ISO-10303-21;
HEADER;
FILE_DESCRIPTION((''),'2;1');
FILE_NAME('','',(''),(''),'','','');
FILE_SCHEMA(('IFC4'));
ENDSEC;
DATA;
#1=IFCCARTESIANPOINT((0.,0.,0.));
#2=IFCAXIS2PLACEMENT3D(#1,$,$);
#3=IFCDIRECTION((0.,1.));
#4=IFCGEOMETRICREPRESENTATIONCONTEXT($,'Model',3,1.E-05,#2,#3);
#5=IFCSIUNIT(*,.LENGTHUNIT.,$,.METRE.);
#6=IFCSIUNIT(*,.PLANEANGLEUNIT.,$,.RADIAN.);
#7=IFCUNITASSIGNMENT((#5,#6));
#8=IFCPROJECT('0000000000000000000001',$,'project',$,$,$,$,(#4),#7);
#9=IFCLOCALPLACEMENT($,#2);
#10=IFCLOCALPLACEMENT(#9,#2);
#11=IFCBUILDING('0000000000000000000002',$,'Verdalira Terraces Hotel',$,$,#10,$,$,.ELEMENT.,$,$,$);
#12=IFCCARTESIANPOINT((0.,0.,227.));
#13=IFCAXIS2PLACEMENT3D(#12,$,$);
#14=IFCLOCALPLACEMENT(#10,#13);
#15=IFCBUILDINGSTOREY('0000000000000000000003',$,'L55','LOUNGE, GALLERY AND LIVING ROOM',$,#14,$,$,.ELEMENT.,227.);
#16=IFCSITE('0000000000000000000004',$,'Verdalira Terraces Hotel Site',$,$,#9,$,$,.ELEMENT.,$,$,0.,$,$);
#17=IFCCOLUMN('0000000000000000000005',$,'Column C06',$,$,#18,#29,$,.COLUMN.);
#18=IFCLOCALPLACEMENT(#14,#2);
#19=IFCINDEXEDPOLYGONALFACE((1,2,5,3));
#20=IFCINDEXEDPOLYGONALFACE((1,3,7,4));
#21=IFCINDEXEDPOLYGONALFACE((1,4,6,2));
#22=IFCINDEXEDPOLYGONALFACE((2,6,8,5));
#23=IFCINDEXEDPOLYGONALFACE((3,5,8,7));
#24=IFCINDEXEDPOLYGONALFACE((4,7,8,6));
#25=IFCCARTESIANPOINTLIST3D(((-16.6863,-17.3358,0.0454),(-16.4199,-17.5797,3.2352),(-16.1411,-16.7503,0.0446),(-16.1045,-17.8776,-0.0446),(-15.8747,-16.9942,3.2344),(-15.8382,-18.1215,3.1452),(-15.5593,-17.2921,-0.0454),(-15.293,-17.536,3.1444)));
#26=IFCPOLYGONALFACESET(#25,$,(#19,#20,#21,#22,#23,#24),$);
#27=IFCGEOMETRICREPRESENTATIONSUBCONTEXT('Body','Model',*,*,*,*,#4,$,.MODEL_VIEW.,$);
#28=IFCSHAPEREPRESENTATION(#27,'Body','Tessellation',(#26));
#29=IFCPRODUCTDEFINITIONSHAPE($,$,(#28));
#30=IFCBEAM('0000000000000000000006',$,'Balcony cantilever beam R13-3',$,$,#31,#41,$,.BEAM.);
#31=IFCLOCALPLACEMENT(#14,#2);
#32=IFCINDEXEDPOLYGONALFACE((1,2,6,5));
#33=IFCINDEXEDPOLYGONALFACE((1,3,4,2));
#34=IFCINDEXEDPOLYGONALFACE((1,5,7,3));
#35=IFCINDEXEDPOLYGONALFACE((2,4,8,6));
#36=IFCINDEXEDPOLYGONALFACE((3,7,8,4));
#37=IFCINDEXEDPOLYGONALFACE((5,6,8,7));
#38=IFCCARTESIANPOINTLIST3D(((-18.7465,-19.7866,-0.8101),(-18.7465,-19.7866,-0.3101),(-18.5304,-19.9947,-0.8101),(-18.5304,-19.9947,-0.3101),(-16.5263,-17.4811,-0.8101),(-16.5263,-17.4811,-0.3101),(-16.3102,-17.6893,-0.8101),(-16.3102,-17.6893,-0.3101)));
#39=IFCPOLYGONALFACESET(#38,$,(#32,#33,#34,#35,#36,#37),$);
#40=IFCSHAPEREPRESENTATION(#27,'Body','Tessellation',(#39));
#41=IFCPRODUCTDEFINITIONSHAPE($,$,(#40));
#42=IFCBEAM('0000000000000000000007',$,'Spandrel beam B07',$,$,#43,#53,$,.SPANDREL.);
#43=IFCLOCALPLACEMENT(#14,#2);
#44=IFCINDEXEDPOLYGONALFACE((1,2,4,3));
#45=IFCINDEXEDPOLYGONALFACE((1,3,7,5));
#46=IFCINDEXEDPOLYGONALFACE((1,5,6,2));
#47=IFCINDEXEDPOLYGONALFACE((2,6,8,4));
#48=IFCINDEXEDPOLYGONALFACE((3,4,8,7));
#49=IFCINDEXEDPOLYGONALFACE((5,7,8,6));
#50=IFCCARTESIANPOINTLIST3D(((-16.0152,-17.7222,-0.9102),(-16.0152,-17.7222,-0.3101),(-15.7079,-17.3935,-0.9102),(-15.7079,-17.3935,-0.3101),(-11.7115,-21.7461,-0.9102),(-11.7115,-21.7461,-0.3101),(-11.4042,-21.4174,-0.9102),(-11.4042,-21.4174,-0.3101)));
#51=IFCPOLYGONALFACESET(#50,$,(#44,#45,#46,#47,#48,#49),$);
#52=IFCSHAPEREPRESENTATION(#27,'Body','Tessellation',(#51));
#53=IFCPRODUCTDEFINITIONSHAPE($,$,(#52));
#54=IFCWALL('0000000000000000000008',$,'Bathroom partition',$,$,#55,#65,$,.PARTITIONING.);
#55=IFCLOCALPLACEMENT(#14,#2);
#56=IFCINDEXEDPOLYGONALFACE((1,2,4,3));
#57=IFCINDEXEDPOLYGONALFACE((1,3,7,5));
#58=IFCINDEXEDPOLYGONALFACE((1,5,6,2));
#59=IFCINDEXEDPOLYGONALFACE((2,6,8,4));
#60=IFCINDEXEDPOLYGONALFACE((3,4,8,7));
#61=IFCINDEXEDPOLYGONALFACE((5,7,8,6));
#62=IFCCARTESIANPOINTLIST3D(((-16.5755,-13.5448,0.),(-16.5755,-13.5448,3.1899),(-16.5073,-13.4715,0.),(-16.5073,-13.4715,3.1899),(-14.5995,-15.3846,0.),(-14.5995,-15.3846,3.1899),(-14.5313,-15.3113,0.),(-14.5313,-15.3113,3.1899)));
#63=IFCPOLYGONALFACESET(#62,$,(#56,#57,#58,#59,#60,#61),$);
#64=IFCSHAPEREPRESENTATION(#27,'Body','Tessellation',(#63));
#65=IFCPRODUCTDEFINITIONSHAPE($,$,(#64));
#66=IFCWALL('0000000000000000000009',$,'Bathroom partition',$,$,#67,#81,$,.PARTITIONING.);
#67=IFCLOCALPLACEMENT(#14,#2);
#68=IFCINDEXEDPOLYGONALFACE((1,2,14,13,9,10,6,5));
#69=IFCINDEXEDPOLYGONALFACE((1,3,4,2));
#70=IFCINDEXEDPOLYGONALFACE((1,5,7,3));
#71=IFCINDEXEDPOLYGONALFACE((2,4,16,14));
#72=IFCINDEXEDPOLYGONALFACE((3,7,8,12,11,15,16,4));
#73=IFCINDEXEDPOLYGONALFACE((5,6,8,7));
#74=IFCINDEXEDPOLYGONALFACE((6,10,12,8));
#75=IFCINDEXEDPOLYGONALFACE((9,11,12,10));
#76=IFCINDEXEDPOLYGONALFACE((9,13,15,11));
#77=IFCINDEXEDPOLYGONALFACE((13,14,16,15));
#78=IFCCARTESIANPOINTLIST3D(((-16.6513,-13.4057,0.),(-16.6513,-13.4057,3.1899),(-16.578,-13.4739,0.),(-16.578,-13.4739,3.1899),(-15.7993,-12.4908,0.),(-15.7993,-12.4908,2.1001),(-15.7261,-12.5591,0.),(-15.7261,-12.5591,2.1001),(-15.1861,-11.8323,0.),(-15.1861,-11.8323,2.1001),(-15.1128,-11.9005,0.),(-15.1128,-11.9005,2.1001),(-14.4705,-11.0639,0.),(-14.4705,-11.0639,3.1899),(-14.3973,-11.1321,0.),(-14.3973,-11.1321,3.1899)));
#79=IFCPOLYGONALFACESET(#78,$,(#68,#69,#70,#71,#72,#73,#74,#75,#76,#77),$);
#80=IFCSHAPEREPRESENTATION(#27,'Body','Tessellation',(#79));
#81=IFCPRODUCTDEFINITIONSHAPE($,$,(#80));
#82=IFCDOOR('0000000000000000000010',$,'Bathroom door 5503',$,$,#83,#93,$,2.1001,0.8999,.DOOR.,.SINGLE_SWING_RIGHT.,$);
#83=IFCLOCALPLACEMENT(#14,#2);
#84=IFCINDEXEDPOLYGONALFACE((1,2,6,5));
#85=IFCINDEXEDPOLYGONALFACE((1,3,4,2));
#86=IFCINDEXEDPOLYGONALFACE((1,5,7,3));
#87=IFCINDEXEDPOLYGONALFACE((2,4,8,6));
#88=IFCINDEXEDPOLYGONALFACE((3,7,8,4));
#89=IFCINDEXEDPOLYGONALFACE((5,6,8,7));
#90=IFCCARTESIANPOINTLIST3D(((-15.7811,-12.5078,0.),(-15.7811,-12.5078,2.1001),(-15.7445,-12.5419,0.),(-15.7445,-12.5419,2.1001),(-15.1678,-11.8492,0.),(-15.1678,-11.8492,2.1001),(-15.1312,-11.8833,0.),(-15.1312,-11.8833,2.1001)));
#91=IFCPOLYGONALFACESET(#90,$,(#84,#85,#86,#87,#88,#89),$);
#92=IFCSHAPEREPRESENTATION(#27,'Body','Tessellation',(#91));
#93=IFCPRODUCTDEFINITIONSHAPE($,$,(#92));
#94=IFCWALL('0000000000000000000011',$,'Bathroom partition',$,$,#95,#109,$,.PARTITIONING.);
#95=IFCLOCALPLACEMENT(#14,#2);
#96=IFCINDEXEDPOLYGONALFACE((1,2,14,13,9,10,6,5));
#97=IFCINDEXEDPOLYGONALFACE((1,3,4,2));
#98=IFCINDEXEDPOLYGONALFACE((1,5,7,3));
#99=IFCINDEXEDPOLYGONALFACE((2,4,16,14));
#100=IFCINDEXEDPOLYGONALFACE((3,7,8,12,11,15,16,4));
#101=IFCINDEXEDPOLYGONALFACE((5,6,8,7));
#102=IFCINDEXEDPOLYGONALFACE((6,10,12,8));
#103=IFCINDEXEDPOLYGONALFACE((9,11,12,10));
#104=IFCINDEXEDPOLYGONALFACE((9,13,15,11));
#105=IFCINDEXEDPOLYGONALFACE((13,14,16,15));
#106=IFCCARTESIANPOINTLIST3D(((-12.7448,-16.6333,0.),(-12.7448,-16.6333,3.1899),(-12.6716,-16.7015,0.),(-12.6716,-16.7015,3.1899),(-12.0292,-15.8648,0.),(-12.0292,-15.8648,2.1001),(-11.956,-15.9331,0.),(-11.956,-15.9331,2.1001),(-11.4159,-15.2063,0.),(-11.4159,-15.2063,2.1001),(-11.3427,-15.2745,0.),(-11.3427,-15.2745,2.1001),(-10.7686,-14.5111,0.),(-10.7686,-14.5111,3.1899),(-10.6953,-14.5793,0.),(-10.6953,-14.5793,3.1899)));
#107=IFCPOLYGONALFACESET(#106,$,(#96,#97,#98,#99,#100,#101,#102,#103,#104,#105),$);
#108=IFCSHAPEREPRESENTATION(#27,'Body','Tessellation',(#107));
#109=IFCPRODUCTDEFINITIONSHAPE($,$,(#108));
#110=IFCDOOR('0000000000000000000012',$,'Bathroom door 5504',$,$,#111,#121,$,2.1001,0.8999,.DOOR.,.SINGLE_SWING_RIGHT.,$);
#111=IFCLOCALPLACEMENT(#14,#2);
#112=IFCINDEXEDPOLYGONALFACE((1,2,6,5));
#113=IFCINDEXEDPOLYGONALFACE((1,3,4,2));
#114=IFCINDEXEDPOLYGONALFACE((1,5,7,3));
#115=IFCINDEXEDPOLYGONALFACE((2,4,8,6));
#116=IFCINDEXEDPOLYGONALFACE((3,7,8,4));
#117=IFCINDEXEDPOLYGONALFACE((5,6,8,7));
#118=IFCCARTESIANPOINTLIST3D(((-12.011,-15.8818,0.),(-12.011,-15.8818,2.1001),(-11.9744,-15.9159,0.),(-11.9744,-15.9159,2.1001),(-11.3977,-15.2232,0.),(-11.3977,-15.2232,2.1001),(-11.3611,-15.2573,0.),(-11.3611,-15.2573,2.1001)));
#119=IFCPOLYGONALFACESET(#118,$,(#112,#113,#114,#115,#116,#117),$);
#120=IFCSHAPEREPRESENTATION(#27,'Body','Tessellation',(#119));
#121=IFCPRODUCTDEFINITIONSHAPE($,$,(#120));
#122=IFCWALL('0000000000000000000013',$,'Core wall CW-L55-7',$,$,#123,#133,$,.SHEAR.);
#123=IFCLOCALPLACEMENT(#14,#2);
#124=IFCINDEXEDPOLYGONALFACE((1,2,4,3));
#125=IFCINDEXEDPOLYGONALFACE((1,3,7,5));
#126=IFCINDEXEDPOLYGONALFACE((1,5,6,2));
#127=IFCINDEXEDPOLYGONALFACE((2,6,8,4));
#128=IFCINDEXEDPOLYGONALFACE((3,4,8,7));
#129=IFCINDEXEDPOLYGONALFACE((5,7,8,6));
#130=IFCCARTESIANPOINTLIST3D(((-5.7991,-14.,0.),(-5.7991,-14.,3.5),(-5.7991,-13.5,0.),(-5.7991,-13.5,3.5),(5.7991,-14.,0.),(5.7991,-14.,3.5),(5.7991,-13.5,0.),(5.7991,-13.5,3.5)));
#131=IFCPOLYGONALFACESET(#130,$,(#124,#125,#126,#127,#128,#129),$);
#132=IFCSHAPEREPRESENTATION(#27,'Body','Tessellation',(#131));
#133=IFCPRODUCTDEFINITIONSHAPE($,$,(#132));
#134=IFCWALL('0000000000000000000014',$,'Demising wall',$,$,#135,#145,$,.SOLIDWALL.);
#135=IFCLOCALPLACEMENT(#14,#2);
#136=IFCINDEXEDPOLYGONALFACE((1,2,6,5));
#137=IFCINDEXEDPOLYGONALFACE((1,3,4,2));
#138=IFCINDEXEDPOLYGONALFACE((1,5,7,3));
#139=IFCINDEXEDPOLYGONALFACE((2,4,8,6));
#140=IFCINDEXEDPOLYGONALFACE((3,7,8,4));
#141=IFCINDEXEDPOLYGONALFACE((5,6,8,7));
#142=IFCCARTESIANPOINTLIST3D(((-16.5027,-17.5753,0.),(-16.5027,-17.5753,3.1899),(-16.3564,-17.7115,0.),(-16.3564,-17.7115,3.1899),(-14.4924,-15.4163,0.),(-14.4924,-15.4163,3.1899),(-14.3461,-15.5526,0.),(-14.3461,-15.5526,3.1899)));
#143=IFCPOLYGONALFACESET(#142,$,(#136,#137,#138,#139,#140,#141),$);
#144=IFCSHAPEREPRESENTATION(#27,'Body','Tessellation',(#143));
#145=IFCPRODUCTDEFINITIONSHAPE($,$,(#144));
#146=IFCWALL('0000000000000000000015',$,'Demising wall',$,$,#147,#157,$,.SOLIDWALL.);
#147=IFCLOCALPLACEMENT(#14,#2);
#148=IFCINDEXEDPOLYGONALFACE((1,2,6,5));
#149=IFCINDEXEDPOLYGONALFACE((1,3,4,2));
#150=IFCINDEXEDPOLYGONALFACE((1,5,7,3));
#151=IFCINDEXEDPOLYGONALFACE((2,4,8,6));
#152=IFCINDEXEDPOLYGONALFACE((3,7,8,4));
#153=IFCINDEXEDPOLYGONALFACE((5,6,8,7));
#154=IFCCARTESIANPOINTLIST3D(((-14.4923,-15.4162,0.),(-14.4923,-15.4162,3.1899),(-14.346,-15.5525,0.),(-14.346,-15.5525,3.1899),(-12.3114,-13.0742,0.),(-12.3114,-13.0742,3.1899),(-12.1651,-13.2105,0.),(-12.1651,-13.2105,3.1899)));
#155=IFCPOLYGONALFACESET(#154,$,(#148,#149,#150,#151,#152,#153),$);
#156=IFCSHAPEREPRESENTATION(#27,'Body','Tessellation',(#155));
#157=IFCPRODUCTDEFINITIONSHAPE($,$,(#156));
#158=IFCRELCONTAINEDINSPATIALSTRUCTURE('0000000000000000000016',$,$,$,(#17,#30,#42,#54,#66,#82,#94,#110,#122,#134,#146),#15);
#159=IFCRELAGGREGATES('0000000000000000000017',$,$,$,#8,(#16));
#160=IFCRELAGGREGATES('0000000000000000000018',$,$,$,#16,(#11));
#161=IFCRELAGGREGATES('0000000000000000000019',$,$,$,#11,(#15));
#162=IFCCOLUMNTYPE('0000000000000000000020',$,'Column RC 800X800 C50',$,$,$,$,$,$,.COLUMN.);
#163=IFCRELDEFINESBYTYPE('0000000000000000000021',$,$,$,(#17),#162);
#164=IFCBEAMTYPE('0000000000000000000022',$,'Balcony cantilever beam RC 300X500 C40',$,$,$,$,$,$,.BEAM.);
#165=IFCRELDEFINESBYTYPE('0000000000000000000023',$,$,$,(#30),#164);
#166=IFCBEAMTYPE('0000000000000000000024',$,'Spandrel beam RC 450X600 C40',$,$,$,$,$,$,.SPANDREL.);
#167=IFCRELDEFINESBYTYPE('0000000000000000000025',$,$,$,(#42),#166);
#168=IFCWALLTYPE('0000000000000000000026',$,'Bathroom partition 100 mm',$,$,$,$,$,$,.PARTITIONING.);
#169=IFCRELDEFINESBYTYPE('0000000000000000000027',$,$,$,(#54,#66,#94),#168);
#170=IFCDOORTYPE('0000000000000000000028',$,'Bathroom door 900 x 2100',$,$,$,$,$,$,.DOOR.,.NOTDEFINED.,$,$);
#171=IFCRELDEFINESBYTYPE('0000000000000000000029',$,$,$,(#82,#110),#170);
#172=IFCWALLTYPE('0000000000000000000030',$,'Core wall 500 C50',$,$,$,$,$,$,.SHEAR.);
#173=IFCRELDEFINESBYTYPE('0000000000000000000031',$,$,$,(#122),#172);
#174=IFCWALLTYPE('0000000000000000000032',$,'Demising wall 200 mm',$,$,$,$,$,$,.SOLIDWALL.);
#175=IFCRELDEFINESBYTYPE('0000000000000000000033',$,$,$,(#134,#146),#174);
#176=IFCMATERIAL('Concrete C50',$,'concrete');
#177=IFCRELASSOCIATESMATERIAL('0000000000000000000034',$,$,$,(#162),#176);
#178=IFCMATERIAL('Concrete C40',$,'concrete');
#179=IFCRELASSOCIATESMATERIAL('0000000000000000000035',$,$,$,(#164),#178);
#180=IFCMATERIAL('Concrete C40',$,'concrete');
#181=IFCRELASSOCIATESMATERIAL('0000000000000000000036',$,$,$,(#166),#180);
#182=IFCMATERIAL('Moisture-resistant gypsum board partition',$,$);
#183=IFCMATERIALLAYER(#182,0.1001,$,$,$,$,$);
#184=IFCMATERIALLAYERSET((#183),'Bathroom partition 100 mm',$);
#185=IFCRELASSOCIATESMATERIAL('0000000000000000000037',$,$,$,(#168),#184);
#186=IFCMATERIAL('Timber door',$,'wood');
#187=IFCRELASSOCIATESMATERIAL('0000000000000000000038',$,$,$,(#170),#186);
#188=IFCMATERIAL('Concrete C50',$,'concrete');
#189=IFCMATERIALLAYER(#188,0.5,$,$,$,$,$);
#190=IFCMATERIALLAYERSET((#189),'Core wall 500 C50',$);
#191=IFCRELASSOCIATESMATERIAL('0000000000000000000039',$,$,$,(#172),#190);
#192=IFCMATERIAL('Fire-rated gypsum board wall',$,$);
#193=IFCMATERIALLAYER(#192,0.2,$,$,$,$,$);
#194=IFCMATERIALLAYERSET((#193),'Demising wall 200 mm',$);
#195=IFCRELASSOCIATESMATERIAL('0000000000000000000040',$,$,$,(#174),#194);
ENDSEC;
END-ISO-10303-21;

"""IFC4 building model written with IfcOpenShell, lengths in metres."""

from ifc_helpers import new_model, si_unit, direction, frame, frame_2d, origin, origin_2d, place, context, subcontext, project, spatial, rectangle, extrude, material, layer, layer_set, material_profile, profile_set, type_object, element, fill, save


model = new_model("IFC4")

# Units and contexts
model_context = context("Model", 3, precision=1e-05, world=origin(), true_north=direction((0.0, 1.0)))
body_context = subcontext(model_context, "Body", "Model", "MODEL_VIEW")
ifc_project = project(units=[si_unit("LENGTHUNIT", "METRE"), si_unit("PLANEANGLEUNIT", "RADIAN")], contexts=[model_context])

# Site, building, storey
site_placement = place(None, origin())
site = spatial("IfcSite", under=ifc_project, at=site_placement, Name="Verdalira Terraces Hotel Site", CompositionType="ELEMENT", RefElevation=0.0)
building_placement = place(site_placement, origin())
building = spatial("IfcBuilding", under=site, at=building_placement, Name="Verdalira Terraces Hotel", CompositionType="ELEMENT")
storey_placement = place(building_placement, frame((0.0, 0.0, 227.0)))
storey = spatial("IfcBuildingStorey", under=building, at=storey_placement, Name="L55", Description="LOUNGE, GALLERY AND LIVING ROOM", CompositionType="ELEMENT", Elevation=227.0)

# Column
ifc_material_1 = material(Name="Concrete C50", Category="concrete")
ifc_material_profile_1 = material_profile(ifc_material_1, rectangle(XDim=0.8, YDim=0.8, at=origin_2d()), Name="RC 800X800")
ifc_profile_set_1 = profile_set([ifc_material_profile_1], Name="Concrete C50")
column_type = type_object("IfcColumnType", Name="Column RC 800X800 C50", PredefinedType="COLUMN", material=ifc_profile_set_1)
column_placement = place(storey_placement, frame((-16.1228, -17.314, 0.0), z_axis=(0.082969, -0.075973, 0.993652), x_axis=(0.727117, -0.677234, -0.112494)))
element("IfcColumn", 1, at=column_placement, inside=storey, type_object=column_type, Name="Column C06", PredefinedType="COLUMN", context=body_context, shape_type="SweptSolid", body=[
    extrude(rectangle(XDim=0.8, YDim=0.8, at=origin_2d()), origin(), (0.0, 0.0, 1.0), 3.2102),
])

# Beams
ifc_material_2 = material(Name="Concrete C40", Category="concrete")
ifc_material_profile_2 = material_profile(ifc_material_2, rectangle(XDim=0.3, YDim=0.5, at=origin_2d()), Name="RC 300X500")
ifc_profile_set_2 = profile_set([ifc_material_profile_2], Name="Concrete C40")
beam_type_1 = type_object("IfcBeamType", Name="Balcony cantilever beam RC 300X500 C40", PredefinedType="BEAM", material=ifc_profile_set_2)
beam_1_placement = place(storey_placement, frame((-16.4182, -17.5852, -0.5601), z_axis=(-0.693671, -0.720292, 0.0), x_axis=(0.720292, -0.693671, 0.0)))
element("IfcBeam", 2, at=beam_1_placement, inside=storey, type_object=beam_type_1, Name="Balcony cantilever beam R13-3", PredefinedType="BEAM", context=body_context, shape_type="SweptSolid", body=[
    extrude(rectangle(XDim=0.3, YDim=0.5, at=origin_2d()), origin(), (0.0, 0.0, 1.0), 3.2007),
])
ifc_material_3 = material(Name="Concrete C40", Category="concrete")
ifc_material_profile_3 = material_profile(ifc_material_3, rectangle(XDim=0.45, YDim=0.6001, at=origin_2d()), Name="RC 450X600")
ifc_profile_set_3 = profile_set([ifc_material_profile_3], Name="Concrete C40")
beam_type_2 = type_object("IfcBeamType", Name="Spandrel beam RC 450X600 C40", PredefinedType="SPANDREL", material=ifc_profile_set_3)
beam_2_placement = place(storey_placement, frame((-15.8616, -17.5579, -0.6101), z_axis=(0.730451, -0.682965, 0.0), x_axis=(0.682965, 0.730451, 0.0)))
element("IfcBeam", 3, at=beam_2_placement, inside=storey, type_object=beam_type_2, Name="Spandrel beam B07", PredefinedType="SPANDREL", context=body_context, shape_type="SweptSolid", body=[
    extrude(rectangle(XDim=0.45, YDim=0.6001, at=origin_2d()), origin(), (0.0, 0.0, 1.0), 5.8918),
])

# Wall
ifc_material_4 = material(Name="Moisture-resistant gypsum board partition")
ifc_layer_1 = layer(ifc_material_4, 0.1001)
ifc_layer_set_1 = layer_set([ifc_layer_1], Name="Bathroom partition 100 mm")
wall_type_1 = type_object("IfcWallType", Name="Bathroom partition 100 mm", PredefinedType="PARTITIONING", material=ifc_layer_set_1)
wall_1_placement = place(storey_placement, frame((-16.5415, -13.5081, 0.0), z_axis=(0.0, 0.0, 1.0), x_axis=(0.731885, -0.681429, 0.0)))
element("IfcWall", 4, at=wall_1_placement, inside=storey, type_object=wall_type_1, Name="Bathroom partition", PredefinedType="PARTITIONING", context=body_context, shape_type="SweptSolid", body=[
    extrude(rectangle(XDim=2.7, YDim=0.1001, at=frame_2d((1.3501, 0.0))), origin(), (0.0, 0.0, 1.0), 3.1899),
])

# Walls, openings, doors
wall_2_placement = place(storey_placement, frame((-14.4338, -11.0979, 0.0), z_axis=(0.0, 0.0, 1.0), x_axis=(-0.681481, -0.731836, 0.0)))
wall_2 = element("IfcWall", 5, at=wall_2_placement, inside=storey, type_object=wall_type_1, Name="Bathroom partition", PredefinedType="PARTITIONING", context=body_context, shape_type="SweptSolid", body=[
    extrude(rectangle(XDim=3.2, YDim=0.1001, at=frame_2d((1.6001, 0.0))), origin(), (0.0, 0.0, 1.0), 3.1899),
])
opening_1_placement = place(wall_2_placement, frame((1.05, 0.0, 0.0)))
opening_1 = element("IfcOpeningElement", 6, at=opening_1_placement, cuts=wall_2, PredefinedType="OPENING", context=body_context, shape_type="SweptSolid", body=[
    extrude(rectangle(XDim=0.8999, YDim=2.1001, at=frame_2d((0.45, 1.05))), frame((0.0, 0.0601, 0.0), z_axis=(0.0, -1.0, 0.0), x_axis=(1.0, 0.0, 0.0)), (0.0, 0.0, 1.0), 0.1201),
])
ifc_material_5 = material(Name="Timber door", Category="wood")
door_type_1 = type_object("IfcDoorType", Name="Bathroom door 900 x 2100", OperationType="NOTDEFINED", PredefinedType="DOOR", material=ifc_material_5)
door_1_placement = place(opening_1_placement, origin())
door_1 = element("IfcDoor", 7, at=door_1_placement, inside=storey, type_object=door_type_1, Name="Bathroom door 5503", OperationType="SINGLE_SWING_RIGHT", OverallHeight=2.1001, OverallWidth=0.8999, PredefinedType="DOOR", context=body_context, shape_type="SweptSolid", body=[
    extrude(rectangle(XDim=0.8999, YDim=2.1001, at=frame_2d((0.45, 1.05))), frame((0.0, 0.0249, 0.0), z_axis=(0.0, -1.0, 0.0), x_axis=(1.0, 0.0, 0.0)), (0.0, 0.0, 1.0), 0.05),
])
fill(opening_1, door_1)
wall_3_placement = place(storey_placement, frame((-10.7319, -14.5452, 0.0), z_axis=(0.0, 0.0, 1.0), x_axis=(-0.681487, -0.73183, 0.0)))
wall_3 = element("IfcWall", 8, at=wall_3_placement, inside=storey, type_object=wall_type_1, Name="Bathroom partition", PredefinedType="PARTITIONING", context=body_context, shape_type="SweptSolid", body=[
    extrude(rectangle(XDim=2.8999, YDim=0.1001, at=frame_2d((1.45, 0.0))), origin(), (0.0, 0.0, 1.0), 3.1899),
])
opening_2_placement = place(wall_3_placement, frame((0.95, 0.0, 0.0)))
opening_2 = element("IfcOpeningElement", 9, at=opening_2_placement, cuts=wall_3, PredefinedType="OPENING", context=body_context, shape_type="SweptSolid", body=[
    extrude(rectangle(XDim=0.8999, YDim=2.1001, at=frame_2d((0.45, 1.05))), frame((0.0, 0.0601, 0.0), z_axis=(0.0, -1.0, 0.0), x_axis=(1.0, 0.0, 0.0)), (0.0, 0.0, 1.0), 0.1201),
])
door_2_placement = place(opening_2_placement, origin())
door_2 = element("IfcDoor", 10, at=door_2_placement, inside=storey, type_object=door_type_1, Name="Bathroom door 5504", OperationType="SINGLE_SWING_RIGHT", OverallHeight=2.1001, OverallWidth=0.8999, PredefinedType="DOOR", context=body_context, shape_type="SweptSolid", body=[
    extrude(rectangle(XDim=0.8999, YDim=2.1001, at=frame_2d((0.45, 1.05))), frame((0.0, 0.0249, 0.0), z_axis=(0.0, -1.0, 0.0), x_axis=(1.0, 0.0, 0.0)), (0.0, 0.0, 1.0), 0.05),
])
fill(opening_2, door_2)

# Walls
ifc_material_6 = material(Name="Concrete C50", Category="concrete")
ifc_layer_2 = layer(ifc_material_6, 0.5)
ifc_layer_set_2 = layer_set([ifc_layer_2], Name="Core wall 500 C50")
wall_type_2 = type_object("IfcWallType", Name="Core wall 500 C50", PredefinedType="SHEAR", material=ifc_layer_set_2)
wall_4_placement = place(storey_placement, frame((-5.7991, -13.75, 0.0), z_axis=(0.0, 0.0, 1.0), x_axis=(1.0, 0.0, 0.0)))
element("IfcWall", 11, at=wall_4_placement, inside=storey, type_object=wall_type_2, Name="Core wall CW-L55-7", PredefinedType="SHEAR", context=body_context, shape_type="SweptSolid", body=[
    extrude(rectangle(XDim=11.5981, YDim=0.5, at=frame_2d((5.7991, 0.0))), origin(), (0.0, 0.0, 1.0), 3.5),
])
ifc_material_7 = material(Name="Fire-rated gypsum board wall")
ifc_layer_3 = layer(ifc_material_7, 0.2)
ifc_layer_set_3 = layer_set([ifc_layer_3], Name="Demising wall 200 mm")
wall_type_3 = type_object("IfcWallType", Name="Demising wall 200 mm", PredefinedType="SOLIDWALL", material=ifc_layer_set_3)
wall_5_placement = place(storey_placement, frame((-14.4192, -15.4844, 0.0), z_axis=(0.0, 0.0, 1.0), x_axis=(-0.681457, -0.731858, 0.0)))
element("IfcWall", 12, at=wall_5_placement, inside=storey, type_object=wall_type_3, Name="Demising wall", PredefinedType="SOLIDWALL", context=body_context, shape_type="SweptSolid", body=[
    extrude(rectangle(XDim=2.95, YDim=0.2, at=frame_2d((1.4751, 0.0))), origin(), (0.0, 0.0, 1.0), 3.1899),
])
wall_6_placement = place(storey_placement, frame((-12.2383, -13.1423, 0.0), z_axis=(0.0, 0.0, 1.0), x_axis=(-0.681483, -0.731834, 0.0)))
element("IfcWall", 13, at=wall_6_placement, inside=storey, type_object=wall_type_3, Name="Demising wall", PredefinedType="SOLIDWALL", context=body_context, shape_type="SweptSolid", body=[
    extrude(rectangle(XDim=3.2002, YDim=0.2, at=frame_2d((1.6001, 0.0))), origin(), (0.0, 0.0, 1.0), 3.1899),
])

save(model, "model.ifc")
